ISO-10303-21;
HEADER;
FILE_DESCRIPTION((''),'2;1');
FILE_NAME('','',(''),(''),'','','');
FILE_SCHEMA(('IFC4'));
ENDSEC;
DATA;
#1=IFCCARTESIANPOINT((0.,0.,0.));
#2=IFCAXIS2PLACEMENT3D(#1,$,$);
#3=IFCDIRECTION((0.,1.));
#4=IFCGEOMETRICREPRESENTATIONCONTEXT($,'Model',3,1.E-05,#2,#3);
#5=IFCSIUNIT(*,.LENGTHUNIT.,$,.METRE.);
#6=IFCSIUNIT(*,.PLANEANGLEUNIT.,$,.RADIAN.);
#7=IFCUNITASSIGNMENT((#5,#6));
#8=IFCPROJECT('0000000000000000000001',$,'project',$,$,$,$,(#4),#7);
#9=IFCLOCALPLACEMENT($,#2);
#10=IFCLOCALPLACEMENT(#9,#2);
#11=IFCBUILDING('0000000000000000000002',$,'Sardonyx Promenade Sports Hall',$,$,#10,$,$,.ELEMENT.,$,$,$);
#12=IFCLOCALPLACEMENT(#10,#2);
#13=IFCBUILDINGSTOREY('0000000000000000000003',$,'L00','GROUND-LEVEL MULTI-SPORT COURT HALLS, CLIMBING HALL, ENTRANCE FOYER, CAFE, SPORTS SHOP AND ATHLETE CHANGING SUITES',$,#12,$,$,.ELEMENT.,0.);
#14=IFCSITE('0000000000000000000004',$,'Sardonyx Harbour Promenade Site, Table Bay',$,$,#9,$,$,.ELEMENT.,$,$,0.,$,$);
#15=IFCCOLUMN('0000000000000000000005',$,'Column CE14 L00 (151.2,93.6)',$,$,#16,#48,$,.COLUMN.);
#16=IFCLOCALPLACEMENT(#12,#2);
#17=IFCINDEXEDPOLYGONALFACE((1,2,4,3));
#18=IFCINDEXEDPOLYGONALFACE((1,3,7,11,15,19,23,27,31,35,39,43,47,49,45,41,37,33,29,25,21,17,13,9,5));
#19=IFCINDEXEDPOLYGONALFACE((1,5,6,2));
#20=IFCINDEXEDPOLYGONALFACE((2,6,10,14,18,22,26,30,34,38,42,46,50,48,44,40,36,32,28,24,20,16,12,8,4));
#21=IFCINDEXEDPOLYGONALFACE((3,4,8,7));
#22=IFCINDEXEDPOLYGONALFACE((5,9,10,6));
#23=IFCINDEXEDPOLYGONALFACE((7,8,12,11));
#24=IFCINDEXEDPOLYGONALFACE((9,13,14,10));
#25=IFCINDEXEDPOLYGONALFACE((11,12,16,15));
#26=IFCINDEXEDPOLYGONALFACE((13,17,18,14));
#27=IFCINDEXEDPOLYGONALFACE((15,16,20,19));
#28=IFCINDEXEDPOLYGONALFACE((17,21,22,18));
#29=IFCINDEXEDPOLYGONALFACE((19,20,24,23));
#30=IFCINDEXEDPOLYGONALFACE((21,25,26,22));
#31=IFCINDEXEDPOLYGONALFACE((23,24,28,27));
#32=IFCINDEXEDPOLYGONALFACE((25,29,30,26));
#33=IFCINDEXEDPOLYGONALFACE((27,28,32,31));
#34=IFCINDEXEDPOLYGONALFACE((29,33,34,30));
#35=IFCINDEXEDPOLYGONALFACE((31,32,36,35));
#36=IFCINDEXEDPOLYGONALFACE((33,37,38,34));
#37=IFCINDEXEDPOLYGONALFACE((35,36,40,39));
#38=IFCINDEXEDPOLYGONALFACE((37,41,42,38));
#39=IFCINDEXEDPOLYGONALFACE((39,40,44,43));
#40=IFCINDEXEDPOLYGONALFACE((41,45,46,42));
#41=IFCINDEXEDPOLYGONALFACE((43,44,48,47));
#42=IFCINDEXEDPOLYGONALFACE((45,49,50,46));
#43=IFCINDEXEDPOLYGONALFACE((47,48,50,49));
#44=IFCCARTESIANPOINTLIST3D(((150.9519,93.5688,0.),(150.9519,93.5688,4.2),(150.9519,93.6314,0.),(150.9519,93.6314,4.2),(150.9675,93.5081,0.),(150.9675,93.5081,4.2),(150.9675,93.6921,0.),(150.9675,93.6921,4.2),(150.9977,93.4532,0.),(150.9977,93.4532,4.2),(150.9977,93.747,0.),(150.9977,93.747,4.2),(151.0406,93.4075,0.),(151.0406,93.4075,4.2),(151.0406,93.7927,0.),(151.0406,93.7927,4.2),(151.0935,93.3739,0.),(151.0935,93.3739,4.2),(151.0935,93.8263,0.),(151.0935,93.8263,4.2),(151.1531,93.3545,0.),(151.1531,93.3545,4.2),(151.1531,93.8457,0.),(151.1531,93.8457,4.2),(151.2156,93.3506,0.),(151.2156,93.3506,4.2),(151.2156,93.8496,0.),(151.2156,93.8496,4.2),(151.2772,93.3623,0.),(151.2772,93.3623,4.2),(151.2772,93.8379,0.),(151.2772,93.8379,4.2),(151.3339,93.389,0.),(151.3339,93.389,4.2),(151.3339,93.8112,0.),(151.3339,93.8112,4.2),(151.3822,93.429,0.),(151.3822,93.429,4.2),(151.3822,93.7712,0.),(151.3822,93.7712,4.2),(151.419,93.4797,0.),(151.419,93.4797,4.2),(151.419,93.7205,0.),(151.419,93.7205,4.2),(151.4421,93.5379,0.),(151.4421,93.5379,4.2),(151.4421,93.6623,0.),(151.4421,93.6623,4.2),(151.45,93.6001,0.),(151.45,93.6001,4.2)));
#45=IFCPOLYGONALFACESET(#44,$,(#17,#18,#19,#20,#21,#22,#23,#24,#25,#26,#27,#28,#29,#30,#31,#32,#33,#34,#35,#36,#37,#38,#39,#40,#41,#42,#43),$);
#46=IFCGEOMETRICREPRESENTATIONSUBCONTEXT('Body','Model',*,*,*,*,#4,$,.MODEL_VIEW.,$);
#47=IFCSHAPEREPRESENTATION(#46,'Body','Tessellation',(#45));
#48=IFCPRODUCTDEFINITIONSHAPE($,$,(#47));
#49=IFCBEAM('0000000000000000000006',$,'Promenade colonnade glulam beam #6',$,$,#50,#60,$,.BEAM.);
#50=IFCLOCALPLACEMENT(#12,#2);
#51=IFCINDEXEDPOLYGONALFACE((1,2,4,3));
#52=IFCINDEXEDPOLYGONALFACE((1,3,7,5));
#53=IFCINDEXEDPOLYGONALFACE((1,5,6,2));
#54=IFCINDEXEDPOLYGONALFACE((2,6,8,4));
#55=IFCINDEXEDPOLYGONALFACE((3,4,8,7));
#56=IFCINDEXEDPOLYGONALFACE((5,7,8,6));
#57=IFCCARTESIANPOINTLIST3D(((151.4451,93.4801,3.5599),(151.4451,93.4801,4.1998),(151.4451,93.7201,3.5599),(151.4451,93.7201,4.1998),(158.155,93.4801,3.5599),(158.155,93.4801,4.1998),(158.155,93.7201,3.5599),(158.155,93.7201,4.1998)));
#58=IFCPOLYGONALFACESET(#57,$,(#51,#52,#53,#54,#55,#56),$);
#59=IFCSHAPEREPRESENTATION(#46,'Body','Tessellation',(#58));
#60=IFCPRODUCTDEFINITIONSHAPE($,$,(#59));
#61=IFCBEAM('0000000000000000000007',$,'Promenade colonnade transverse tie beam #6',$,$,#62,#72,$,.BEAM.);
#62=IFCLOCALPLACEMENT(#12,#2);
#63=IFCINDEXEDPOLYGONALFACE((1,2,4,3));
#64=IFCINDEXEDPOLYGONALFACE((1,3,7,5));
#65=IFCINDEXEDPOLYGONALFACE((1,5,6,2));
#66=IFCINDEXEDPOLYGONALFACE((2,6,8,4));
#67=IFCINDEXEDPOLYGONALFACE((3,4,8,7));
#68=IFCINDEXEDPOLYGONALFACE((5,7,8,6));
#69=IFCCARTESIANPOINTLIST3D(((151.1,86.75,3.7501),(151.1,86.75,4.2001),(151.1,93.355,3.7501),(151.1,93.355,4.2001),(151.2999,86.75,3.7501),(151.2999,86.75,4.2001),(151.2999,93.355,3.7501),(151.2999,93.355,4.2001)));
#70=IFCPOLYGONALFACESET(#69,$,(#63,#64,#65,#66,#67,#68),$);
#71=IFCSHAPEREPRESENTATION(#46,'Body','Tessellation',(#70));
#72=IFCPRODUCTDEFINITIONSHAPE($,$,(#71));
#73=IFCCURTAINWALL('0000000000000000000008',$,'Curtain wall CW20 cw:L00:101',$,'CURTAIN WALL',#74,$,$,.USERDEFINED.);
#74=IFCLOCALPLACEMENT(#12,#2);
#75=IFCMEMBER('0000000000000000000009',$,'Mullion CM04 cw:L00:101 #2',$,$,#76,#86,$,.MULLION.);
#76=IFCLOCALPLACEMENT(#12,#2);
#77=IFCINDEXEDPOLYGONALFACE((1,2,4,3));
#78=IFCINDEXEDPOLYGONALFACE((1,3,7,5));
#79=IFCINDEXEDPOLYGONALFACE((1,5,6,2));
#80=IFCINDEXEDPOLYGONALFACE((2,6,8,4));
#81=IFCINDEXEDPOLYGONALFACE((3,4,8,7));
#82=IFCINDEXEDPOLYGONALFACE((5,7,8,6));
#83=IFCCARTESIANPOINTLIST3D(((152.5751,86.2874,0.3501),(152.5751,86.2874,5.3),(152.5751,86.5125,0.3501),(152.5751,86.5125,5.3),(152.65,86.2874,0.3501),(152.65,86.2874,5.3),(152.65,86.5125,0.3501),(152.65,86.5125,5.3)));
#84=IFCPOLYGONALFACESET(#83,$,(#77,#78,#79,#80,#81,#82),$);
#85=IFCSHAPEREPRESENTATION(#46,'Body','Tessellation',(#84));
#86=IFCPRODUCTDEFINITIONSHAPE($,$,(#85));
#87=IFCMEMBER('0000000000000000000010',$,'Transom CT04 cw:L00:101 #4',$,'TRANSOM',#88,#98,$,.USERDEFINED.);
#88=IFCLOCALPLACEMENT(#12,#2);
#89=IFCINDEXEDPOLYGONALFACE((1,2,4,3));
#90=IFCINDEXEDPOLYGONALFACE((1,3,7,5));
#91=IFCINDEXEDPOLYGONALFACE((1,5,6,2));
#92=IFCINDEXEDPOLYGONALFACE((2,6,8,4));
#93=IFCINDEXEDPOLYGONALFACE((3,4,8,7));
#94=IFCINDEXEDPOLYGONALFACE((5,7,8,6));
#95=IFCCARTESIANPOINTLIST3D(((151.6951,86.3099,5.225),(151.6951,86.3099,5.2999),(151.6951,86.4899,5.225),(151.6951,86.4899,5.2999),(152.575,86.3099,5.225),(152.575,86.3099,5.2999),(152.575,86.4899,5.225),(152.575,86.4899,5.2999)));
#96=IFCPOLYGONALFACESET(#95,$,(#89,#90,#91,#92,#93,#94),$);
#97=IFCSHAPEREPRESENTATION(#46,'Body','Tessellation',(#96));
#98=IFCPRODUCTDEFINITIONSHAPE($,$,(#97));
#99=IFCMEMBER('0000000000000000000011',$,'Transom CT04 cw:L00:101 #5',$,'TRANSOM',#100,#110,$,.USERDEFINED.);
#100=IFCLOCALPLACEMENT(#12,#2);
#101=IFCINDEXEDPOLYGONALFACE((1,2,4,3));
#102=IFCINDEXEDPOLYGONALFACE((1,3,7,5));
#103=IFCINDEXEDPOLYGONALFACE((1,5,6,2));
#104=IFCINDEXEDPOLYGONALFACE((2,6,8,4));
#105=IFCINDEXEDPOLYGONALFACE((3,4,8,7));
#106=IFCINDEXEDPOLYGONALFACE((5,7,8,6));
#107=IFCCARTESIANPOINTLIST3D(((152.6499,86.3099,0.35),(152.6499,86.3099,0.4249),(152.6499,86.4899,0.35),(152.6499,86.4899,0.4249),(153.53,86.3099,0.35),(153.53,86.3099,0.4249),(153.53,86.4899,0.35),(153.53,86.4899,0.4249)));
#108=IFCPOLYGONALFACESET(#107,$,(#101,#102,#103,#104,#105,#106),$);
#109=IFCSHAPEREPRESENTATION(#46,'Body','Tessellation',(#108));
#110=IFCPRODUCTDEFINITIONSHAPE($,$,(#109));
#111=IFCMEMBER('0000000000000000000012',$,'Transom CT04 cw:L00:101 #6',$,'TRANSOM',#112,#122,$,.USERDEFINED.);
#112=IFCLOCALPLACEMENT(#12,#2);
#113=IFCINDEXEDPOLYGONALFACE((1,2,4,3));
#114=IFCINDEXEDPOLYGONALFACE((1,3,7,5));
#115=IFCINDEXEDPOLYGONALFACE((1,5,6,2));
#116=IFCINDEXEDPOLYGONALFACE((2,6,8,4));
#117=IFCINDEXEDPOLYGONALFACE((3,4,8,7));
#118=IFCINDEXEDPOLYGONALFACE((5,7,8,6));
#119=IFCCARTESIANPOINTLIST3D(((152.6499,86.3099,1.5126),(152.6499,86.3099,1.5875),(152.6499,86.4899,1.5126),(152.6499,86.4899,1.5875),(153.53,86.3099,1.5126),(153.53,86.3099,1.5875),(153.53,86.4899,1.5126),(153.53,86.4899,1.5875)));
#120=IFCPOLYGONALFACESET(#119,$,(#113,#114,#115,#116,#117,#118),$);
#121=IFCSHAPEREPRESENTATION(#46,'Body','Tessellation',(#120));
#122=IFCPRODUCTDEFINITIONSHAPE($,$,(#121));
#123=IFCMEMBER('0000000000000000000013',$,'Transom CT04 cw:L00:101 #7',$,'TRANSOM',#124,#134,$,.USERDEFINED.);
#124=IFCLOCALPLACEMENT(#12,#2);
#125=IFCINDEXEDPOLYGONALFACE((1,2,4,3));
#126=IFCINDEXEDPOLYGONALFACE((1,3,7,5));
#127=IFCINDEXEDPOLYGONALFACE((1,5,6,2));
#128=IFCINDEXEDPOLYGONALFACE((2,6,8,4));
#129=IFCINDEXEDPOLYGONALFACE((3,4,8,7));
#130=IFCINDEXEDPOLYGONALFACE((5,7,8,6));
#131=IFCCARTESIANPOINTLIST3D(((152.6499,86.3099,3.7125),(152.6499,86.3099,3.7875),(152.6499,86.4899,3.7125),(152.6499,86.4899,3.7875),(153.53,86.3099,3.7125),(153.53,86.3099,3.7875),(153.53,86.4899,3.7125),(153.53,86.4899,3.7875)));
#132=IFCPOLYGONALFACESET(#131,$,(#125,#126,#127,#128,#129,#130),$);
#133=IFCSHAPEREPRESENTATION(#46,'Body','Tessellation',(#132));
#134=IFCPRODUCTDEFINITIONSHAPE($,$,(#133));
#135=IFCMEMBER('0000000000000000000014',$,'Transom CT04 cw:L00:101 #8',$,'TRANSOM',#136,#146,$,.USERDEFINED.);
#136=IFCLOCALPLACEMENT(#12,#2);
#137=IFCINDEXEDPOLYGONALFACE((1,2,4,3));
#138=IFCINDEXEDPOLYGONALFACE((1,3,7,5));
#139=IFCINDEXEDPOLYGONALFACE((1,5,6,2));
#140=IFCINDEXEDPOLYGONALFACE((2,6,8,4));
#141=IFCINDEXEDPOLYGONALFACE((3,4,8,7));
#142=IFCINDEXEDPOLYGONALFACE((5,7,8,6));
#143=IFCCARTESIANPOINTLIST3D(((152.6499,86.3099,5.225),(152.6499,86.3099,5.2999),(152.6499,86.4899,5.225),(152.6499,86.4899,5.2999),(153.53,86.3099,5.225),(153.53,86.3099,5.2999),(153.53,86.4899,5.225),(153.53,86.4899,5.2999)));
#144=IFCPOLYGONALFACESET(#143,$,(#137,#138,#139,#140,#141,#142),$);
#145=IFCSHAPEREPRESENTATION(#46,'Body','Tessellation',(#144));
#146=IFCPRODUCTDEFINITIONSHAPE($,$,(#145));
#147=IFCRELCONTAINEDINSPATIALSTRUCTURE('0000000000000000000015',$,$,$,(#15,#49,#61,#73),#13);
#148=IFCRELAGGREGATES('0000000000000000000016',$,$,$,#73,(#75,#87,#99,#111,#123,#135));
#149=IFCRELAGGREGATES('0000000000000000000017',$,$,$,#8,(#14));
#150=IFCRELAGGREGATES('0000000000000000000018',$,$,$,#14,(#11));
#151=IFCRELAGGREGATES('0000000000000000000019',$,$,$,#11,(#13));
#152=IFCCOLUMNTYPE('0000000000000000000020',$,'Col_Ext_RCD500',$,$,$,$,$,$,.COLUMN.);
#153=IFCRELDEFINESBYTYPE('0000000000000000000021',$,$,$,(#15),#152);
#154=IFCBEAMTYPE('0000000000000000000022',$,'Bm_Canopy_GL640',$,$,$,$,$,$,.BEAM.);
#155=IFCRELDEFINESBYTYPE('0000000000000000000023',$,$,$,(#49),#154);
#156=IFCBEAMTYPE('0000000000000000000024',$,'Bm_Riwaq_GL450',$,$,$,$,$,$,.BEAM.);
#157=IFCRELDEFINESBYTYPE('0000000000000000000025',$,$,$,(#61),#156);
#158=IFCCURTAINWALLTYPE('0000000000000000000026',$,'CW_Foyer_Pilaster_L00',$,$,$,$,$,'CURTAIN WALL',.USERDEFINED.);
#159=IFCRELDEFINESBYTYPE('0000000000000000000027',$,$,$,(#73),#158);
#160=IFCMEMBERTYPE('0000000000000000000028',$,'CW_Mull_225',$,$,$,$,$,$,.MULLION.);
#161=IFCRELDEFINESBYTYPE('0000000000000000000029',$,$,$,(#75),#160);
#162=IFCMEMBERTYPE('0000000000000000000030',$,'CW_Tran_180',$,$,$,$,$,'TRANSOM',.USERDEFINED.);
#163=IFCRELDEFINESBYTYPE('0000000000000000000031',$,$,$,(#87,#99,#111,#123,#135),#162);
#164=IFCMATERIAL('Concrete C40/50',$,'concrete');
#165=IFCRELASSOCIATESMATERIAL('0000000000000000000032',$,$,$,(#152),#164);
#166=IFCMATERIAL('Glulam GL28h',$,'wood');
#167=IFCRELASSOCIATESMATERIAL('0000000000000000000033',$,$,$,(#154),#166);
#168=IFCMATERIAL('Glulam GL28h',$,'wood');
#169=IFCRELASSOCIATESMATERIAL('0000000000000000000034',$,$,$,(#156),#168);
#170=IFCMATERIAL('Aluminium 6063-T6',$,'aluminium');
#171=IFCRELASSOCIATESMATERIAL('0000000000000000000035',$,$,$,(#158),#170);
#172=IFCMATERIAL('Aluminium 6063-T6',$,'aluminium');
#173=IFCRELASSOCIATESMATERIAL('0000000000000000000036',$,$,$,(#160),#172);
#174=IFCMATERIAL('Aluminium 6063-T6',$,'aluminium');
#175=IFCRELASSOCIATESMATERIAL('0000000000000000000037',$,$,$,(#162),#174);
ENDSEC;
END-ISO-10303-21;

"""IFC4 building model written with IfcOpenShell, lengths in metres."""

from ifc_helpers import new_model, si_unit, direction, frame, origin, origin_2d, place, context, subcontext, project, spatial, rectangle, circle, extrude, material, material_profile, profile_set, type_object, element, aggregate, save


model = new_model("IFC4")

# Units and contexts
model_context = context("Model", 3, precision=1e-05, world=origin(), true_north=direction((0.0, 1.0)))
body_context = subcontext(model_context, "Body", "Model", "MODEL_VIEW")
ifc_project = project(units=[si_unit("LENGTHUNIT", "METRE"), si_unit("PLANEANGLEUNIT", "RADIAN")], contexts=[model_context])

# Site, building, storey
site_placement = place(None, origin())
site = spatial("IfcSite", under=ifc_project, at=site_placement, Name="Sardonyx Harbour Promenade Site, Table Bay", CompositionType="ELEMENT", RefElevation=0.0)
building_placement = place(site_placement, origin())
building = spatial("IfcBuilding", under=site, at=building_placement, Name="Sardonyx Promenade Sports Hall", CompositionType="ELEMENT")
storey_placement = place(building_placement, origin())
storey = spatial("IfcBuildingStorey", under=building, at=storey_placement, Name="L00", Description="GROUND-LEVEL MULTI-SPORT COURT HALLS, CLIMBING HALL, ENTRANCE FOYER, CAFE, SPORTS SHOP AND ATHLETE CHANGING SUITES", CompositionType="ELEMENT", Elevation=0.0)

# Column
ifc_material_1 = material(Name="Concrete C40/50", Category="concrete")
ifc_material_profile_1 = material_profile(ifc_material_1, circle(Radius=0.25, at=origin_2d()))
ifc_profile_set_1 = profile_set([ifc_material_profile_1], Name="Concrete C40/50")
column_type = type_object("IfcColumnType", Name="Col_Ext_RCD500", PredefinedType="COLUMN", material=ifc_profile_set_1)
column_placement = place(storey_placement, frame((151.2, 93.6001, 0.0), z_axis=(0.0, 0.0, 1.0), x_axis=(1.0, 0.0, 0.0)))
element("IfcColumn", 1, at=column_placement, inside=storey, type_object=column_type, Name="Column CE14 L00 (151.2,93.6)", PredefinedType="COLUMN", context=body_context, shape_type="SweptSolid", body=[
    extrude(circle(Radius=0.25, at=origin_2d()), origin(), (0.0, 0.0, 1.0), 4.2),
])

# Beams
ifc_material_2 = material(Name="Glulam GL28h", Category="wood")
ifc_material_profile_2 = material_profile(ifc_material_2, rectangle(XDim=0.24, YDim=0.6399, at=origin_2d()))
ifc_profile_set_2 = profile_set([ifc_material_profile_2], Name="Glulam GL28h")
beam_type_1 = type_object("IfcBeamType", Name="Bm_Canopy_GL640", PredefinedType="BEAM", material=ifc_profile_set_2)
beam_1_placement = place(storey_placement, frame((151.4451, 93.6001, 3.8799), z_axis=(1.0, 0.0, 0.0), x_axis=(0.0, 1.0, 0.0)))
element("IfcBeam", 2, at=beam_1_placement, inside=storey, type_object=beam_type_1, Name="Promenade colonnade glulam beam #6", PredefinedType="BEAM", context=body_context, shape_type="SweptSolid", body=[
    extrude(rectangle(XDim=0.24, YDim=0.6399, at=origin_2d()), origin(), (0.0, 0.0, 1.0), 6.71),
])
ifc_material_3 = material(Name="Glulam GL28h", Category="wood")
ifc_material_profile_3 = material_profile(ifc_material_3, rectangle(XDim=0.2, YDim=0.45, at=origin_2d()))
ifc_profile_set_3 = profile_set([ifc_material_profile_3], Name="Glulam GL28h")
beam_type_2 = type_object("IfcBeamType", Name="Bm_Riwaq_GL450", PredefinedType="BEAM", material=ifc_profile_set_3)
beam_2_placement = place(storey_placement, frame((151.2, 86.75, 3.9751), z_axis=(0.0, 1.0, 0.0), x_axis=(-1.0, 0.0, 0.0)))
element("IfcBeam", 3, at=beam_2_placement, inside=storey, type_object=beam_type_2, Name="Promenade colonnade transverse tie beam #6", PredefinedType="BEAM", context=body_context, shape_type="SweptSolid", body=[
    extrude(rectangle(XDim=0.2, YDim=0.45, at=origin_2d()), origin(), (0.0, 0.0, 1.0), 6.605),
])

# Curtain wall, members
ifc_material_4 = material(Name="Aluminium 6063-T6", Category="aluminium")
curtain_wall_type = type_object("IfcCurtainWallType", Name="CW_Foyer_Pilaster_L00", ElementType="CURTAIN WALL", PredefinedType="USERDEFINED", material=ifc_material_4)
curtain_wall_placement = place(storey_placement, origin())
curtain_wall = element("IfcCurtainWall", 4, at=curtain_wall_placement, inside=storey, type_object=curtain_wall_type, Name="Curtain wall CW20 cw:L00:101", ObjectType="CURTAIN WALL", PredefinedType="USERDEFINED")
ifc_material_5 = material(Name="Aluminium 6063-T6", Category="aluminium")
ifc_material_profile_4 = material_profile(ifc_material_5, rectangle(XDim=0.075, YDim=0.2251, at=origin_2d()))
ifc_profile_set_4 = profile_set([ifc_material_profile_4], Name="Aluminium 6063-T6")
member_type_1 = type_object("IfcMemberType", Name="CW_Mull_225", PredefinedType="MULLION", material=ifc_profile_set_4)
member_1_placement = place(storey_placement, frame((152.6125, 86.3999, 0.3501), z_axis=(0.0, 0.0, 1.0), x_axis=(1.0, 0.0, 0.0)))
member_1 = element("IfcMember", 5, at=member_1_placement, type_object=member_type_1, Name="Mullion CM04 cw:L00:101 #2", PredefinedType="MULLION", context=body_context, shape_type="SweptSolid", body=[
    extrude(rectangle(XDim=0.075, YDim=0.2251, at=origin_2d()), origin(), (0.0, 0.0, 1.0), 4.95),
])
ifc_material_6 = material(Name="Aluminium 6063-T6", Category="aluminium")
ifc_material_profile_5 = material_profile(ifc_material_6, rectangle(XDim=0.075, YDim=0.1799, at=origin_2d()))
ifc_profile_set_5 = profile_set([ifc_material_profile_5], Name="Aluminium 6063-T6")
member_type_2 = type_object("IfcMemberType", Name="CW_Tran_180", ElementType="TRANSOM", PredefinedType="USERDEFINED", material=ifc_profile_set_5)
member_2_placement = place(storey_placement, frame((151.6951, 86.3999, 5.2625), z_axis=(1.0, 0.0, 0.0), x_axis=(0.0, 0.0, 1.0)))
member_2 = element("IfcMember", 6, at=member_2_placement, type_object=member_type_2, Name="Transom CT04 cw:L00:101 #4", ObjectType="TRANSOM", PredefinedType="USERDEFINED", context=body_context, shape_type="SweptSolid", body=[
    extrude(rectangle(XDim=0.075, YDim=0.1799, at=origin_2d()), origin(), (0.0, 0.0, 1.0), 0.8799),
])
member_3_placement = place(storey_placement, frame((152.6499, 86.3999, 0.3875), z_axis=(1.0, 0.0, 0.0), x_axis=(0.0, 0.0, 1.0)))
member_3 = element("IfcMember", 7, at=member_3_placement, type_object=member_type_2, Name="Transom CT04 cw:L00:101 #5", ObjectType="TRANSOM", PredefinedType="USERDEFINED", context=body_context, shape_type="SweptSolid", body=[
    extrude(rectangle(XDim=0.075, YDim=0.1799, at=origin_2d()), origin(), (0.0, 0.0, 1.0), 0.8801),
])
member_4_placement = place(storey_placement, frame((152.6499, 86.3999, 1.55), z_axis=(1.0, 0.0, 0.0), x_axis=(0.0, 0.0, 1.0)))
member_4 = element("IfcMember", 8, at=member_4_placement, type_object=member_type_2, Name="Transom CT04 cw:L00:101 #6", ObjectType="TRANSOM", PredefinedType="USERDEFINED", context=body_context, shape_type="SweptSolid", body=[
    extrude(rectangle(XDim=0.075, YDim=0.1799, at=origin_2d()), origin(), (0.0, 0.0, 1.0), 0.8801),
])
member_5_placement = place(storey_placement, frame((152.6499, 86.3999, 3.75), z_axis=(1.0, 0.0, 0.0), x_axis=(0.0, 0.0, 1.0)))
member_5 = element("IfcMember", 9, at=member_5_placement, type_object=member_type_2, Name="Transom CT04 cw:L00:101 #7", ObjectType="TRANSOM", PredefinedType="USERDEFINED", context=body_context, shape_type="SweptSolid", body=[
    extrude(rectangle(XDim=0.075, YDim=0.1799, at=origin_2d()), origin(), (0.0, 0.0, 1.0), 0.8801),
])
member_6_placement = place(storey_placement, frame((152.6499, 86.3999, 5.2625), z_axis=(1.0, 0.0, 0.0), x_axis=(0.0, 0.0, 1.0)))
member_6 = element("IfcMember", 10, at=member_6_placement, type_object=member_type_2, Name="Transom CT04 cw:L00:101 #8", ObjectType="TRANSOM", PredefinedType="USERDEFINED", context=body_context, shape_type="SweptSolid", body=[
    extrude(rectangle(XDim=0.075, YDim=0.1799, at=origin_2d()), origin(), (0.0, 0.0, 1.0), 0.8801),
])

aggregate(curtain_wall, [member_1, member_2, member_3, member_4, member_5, member_6])

save(model, "model.ifc")
